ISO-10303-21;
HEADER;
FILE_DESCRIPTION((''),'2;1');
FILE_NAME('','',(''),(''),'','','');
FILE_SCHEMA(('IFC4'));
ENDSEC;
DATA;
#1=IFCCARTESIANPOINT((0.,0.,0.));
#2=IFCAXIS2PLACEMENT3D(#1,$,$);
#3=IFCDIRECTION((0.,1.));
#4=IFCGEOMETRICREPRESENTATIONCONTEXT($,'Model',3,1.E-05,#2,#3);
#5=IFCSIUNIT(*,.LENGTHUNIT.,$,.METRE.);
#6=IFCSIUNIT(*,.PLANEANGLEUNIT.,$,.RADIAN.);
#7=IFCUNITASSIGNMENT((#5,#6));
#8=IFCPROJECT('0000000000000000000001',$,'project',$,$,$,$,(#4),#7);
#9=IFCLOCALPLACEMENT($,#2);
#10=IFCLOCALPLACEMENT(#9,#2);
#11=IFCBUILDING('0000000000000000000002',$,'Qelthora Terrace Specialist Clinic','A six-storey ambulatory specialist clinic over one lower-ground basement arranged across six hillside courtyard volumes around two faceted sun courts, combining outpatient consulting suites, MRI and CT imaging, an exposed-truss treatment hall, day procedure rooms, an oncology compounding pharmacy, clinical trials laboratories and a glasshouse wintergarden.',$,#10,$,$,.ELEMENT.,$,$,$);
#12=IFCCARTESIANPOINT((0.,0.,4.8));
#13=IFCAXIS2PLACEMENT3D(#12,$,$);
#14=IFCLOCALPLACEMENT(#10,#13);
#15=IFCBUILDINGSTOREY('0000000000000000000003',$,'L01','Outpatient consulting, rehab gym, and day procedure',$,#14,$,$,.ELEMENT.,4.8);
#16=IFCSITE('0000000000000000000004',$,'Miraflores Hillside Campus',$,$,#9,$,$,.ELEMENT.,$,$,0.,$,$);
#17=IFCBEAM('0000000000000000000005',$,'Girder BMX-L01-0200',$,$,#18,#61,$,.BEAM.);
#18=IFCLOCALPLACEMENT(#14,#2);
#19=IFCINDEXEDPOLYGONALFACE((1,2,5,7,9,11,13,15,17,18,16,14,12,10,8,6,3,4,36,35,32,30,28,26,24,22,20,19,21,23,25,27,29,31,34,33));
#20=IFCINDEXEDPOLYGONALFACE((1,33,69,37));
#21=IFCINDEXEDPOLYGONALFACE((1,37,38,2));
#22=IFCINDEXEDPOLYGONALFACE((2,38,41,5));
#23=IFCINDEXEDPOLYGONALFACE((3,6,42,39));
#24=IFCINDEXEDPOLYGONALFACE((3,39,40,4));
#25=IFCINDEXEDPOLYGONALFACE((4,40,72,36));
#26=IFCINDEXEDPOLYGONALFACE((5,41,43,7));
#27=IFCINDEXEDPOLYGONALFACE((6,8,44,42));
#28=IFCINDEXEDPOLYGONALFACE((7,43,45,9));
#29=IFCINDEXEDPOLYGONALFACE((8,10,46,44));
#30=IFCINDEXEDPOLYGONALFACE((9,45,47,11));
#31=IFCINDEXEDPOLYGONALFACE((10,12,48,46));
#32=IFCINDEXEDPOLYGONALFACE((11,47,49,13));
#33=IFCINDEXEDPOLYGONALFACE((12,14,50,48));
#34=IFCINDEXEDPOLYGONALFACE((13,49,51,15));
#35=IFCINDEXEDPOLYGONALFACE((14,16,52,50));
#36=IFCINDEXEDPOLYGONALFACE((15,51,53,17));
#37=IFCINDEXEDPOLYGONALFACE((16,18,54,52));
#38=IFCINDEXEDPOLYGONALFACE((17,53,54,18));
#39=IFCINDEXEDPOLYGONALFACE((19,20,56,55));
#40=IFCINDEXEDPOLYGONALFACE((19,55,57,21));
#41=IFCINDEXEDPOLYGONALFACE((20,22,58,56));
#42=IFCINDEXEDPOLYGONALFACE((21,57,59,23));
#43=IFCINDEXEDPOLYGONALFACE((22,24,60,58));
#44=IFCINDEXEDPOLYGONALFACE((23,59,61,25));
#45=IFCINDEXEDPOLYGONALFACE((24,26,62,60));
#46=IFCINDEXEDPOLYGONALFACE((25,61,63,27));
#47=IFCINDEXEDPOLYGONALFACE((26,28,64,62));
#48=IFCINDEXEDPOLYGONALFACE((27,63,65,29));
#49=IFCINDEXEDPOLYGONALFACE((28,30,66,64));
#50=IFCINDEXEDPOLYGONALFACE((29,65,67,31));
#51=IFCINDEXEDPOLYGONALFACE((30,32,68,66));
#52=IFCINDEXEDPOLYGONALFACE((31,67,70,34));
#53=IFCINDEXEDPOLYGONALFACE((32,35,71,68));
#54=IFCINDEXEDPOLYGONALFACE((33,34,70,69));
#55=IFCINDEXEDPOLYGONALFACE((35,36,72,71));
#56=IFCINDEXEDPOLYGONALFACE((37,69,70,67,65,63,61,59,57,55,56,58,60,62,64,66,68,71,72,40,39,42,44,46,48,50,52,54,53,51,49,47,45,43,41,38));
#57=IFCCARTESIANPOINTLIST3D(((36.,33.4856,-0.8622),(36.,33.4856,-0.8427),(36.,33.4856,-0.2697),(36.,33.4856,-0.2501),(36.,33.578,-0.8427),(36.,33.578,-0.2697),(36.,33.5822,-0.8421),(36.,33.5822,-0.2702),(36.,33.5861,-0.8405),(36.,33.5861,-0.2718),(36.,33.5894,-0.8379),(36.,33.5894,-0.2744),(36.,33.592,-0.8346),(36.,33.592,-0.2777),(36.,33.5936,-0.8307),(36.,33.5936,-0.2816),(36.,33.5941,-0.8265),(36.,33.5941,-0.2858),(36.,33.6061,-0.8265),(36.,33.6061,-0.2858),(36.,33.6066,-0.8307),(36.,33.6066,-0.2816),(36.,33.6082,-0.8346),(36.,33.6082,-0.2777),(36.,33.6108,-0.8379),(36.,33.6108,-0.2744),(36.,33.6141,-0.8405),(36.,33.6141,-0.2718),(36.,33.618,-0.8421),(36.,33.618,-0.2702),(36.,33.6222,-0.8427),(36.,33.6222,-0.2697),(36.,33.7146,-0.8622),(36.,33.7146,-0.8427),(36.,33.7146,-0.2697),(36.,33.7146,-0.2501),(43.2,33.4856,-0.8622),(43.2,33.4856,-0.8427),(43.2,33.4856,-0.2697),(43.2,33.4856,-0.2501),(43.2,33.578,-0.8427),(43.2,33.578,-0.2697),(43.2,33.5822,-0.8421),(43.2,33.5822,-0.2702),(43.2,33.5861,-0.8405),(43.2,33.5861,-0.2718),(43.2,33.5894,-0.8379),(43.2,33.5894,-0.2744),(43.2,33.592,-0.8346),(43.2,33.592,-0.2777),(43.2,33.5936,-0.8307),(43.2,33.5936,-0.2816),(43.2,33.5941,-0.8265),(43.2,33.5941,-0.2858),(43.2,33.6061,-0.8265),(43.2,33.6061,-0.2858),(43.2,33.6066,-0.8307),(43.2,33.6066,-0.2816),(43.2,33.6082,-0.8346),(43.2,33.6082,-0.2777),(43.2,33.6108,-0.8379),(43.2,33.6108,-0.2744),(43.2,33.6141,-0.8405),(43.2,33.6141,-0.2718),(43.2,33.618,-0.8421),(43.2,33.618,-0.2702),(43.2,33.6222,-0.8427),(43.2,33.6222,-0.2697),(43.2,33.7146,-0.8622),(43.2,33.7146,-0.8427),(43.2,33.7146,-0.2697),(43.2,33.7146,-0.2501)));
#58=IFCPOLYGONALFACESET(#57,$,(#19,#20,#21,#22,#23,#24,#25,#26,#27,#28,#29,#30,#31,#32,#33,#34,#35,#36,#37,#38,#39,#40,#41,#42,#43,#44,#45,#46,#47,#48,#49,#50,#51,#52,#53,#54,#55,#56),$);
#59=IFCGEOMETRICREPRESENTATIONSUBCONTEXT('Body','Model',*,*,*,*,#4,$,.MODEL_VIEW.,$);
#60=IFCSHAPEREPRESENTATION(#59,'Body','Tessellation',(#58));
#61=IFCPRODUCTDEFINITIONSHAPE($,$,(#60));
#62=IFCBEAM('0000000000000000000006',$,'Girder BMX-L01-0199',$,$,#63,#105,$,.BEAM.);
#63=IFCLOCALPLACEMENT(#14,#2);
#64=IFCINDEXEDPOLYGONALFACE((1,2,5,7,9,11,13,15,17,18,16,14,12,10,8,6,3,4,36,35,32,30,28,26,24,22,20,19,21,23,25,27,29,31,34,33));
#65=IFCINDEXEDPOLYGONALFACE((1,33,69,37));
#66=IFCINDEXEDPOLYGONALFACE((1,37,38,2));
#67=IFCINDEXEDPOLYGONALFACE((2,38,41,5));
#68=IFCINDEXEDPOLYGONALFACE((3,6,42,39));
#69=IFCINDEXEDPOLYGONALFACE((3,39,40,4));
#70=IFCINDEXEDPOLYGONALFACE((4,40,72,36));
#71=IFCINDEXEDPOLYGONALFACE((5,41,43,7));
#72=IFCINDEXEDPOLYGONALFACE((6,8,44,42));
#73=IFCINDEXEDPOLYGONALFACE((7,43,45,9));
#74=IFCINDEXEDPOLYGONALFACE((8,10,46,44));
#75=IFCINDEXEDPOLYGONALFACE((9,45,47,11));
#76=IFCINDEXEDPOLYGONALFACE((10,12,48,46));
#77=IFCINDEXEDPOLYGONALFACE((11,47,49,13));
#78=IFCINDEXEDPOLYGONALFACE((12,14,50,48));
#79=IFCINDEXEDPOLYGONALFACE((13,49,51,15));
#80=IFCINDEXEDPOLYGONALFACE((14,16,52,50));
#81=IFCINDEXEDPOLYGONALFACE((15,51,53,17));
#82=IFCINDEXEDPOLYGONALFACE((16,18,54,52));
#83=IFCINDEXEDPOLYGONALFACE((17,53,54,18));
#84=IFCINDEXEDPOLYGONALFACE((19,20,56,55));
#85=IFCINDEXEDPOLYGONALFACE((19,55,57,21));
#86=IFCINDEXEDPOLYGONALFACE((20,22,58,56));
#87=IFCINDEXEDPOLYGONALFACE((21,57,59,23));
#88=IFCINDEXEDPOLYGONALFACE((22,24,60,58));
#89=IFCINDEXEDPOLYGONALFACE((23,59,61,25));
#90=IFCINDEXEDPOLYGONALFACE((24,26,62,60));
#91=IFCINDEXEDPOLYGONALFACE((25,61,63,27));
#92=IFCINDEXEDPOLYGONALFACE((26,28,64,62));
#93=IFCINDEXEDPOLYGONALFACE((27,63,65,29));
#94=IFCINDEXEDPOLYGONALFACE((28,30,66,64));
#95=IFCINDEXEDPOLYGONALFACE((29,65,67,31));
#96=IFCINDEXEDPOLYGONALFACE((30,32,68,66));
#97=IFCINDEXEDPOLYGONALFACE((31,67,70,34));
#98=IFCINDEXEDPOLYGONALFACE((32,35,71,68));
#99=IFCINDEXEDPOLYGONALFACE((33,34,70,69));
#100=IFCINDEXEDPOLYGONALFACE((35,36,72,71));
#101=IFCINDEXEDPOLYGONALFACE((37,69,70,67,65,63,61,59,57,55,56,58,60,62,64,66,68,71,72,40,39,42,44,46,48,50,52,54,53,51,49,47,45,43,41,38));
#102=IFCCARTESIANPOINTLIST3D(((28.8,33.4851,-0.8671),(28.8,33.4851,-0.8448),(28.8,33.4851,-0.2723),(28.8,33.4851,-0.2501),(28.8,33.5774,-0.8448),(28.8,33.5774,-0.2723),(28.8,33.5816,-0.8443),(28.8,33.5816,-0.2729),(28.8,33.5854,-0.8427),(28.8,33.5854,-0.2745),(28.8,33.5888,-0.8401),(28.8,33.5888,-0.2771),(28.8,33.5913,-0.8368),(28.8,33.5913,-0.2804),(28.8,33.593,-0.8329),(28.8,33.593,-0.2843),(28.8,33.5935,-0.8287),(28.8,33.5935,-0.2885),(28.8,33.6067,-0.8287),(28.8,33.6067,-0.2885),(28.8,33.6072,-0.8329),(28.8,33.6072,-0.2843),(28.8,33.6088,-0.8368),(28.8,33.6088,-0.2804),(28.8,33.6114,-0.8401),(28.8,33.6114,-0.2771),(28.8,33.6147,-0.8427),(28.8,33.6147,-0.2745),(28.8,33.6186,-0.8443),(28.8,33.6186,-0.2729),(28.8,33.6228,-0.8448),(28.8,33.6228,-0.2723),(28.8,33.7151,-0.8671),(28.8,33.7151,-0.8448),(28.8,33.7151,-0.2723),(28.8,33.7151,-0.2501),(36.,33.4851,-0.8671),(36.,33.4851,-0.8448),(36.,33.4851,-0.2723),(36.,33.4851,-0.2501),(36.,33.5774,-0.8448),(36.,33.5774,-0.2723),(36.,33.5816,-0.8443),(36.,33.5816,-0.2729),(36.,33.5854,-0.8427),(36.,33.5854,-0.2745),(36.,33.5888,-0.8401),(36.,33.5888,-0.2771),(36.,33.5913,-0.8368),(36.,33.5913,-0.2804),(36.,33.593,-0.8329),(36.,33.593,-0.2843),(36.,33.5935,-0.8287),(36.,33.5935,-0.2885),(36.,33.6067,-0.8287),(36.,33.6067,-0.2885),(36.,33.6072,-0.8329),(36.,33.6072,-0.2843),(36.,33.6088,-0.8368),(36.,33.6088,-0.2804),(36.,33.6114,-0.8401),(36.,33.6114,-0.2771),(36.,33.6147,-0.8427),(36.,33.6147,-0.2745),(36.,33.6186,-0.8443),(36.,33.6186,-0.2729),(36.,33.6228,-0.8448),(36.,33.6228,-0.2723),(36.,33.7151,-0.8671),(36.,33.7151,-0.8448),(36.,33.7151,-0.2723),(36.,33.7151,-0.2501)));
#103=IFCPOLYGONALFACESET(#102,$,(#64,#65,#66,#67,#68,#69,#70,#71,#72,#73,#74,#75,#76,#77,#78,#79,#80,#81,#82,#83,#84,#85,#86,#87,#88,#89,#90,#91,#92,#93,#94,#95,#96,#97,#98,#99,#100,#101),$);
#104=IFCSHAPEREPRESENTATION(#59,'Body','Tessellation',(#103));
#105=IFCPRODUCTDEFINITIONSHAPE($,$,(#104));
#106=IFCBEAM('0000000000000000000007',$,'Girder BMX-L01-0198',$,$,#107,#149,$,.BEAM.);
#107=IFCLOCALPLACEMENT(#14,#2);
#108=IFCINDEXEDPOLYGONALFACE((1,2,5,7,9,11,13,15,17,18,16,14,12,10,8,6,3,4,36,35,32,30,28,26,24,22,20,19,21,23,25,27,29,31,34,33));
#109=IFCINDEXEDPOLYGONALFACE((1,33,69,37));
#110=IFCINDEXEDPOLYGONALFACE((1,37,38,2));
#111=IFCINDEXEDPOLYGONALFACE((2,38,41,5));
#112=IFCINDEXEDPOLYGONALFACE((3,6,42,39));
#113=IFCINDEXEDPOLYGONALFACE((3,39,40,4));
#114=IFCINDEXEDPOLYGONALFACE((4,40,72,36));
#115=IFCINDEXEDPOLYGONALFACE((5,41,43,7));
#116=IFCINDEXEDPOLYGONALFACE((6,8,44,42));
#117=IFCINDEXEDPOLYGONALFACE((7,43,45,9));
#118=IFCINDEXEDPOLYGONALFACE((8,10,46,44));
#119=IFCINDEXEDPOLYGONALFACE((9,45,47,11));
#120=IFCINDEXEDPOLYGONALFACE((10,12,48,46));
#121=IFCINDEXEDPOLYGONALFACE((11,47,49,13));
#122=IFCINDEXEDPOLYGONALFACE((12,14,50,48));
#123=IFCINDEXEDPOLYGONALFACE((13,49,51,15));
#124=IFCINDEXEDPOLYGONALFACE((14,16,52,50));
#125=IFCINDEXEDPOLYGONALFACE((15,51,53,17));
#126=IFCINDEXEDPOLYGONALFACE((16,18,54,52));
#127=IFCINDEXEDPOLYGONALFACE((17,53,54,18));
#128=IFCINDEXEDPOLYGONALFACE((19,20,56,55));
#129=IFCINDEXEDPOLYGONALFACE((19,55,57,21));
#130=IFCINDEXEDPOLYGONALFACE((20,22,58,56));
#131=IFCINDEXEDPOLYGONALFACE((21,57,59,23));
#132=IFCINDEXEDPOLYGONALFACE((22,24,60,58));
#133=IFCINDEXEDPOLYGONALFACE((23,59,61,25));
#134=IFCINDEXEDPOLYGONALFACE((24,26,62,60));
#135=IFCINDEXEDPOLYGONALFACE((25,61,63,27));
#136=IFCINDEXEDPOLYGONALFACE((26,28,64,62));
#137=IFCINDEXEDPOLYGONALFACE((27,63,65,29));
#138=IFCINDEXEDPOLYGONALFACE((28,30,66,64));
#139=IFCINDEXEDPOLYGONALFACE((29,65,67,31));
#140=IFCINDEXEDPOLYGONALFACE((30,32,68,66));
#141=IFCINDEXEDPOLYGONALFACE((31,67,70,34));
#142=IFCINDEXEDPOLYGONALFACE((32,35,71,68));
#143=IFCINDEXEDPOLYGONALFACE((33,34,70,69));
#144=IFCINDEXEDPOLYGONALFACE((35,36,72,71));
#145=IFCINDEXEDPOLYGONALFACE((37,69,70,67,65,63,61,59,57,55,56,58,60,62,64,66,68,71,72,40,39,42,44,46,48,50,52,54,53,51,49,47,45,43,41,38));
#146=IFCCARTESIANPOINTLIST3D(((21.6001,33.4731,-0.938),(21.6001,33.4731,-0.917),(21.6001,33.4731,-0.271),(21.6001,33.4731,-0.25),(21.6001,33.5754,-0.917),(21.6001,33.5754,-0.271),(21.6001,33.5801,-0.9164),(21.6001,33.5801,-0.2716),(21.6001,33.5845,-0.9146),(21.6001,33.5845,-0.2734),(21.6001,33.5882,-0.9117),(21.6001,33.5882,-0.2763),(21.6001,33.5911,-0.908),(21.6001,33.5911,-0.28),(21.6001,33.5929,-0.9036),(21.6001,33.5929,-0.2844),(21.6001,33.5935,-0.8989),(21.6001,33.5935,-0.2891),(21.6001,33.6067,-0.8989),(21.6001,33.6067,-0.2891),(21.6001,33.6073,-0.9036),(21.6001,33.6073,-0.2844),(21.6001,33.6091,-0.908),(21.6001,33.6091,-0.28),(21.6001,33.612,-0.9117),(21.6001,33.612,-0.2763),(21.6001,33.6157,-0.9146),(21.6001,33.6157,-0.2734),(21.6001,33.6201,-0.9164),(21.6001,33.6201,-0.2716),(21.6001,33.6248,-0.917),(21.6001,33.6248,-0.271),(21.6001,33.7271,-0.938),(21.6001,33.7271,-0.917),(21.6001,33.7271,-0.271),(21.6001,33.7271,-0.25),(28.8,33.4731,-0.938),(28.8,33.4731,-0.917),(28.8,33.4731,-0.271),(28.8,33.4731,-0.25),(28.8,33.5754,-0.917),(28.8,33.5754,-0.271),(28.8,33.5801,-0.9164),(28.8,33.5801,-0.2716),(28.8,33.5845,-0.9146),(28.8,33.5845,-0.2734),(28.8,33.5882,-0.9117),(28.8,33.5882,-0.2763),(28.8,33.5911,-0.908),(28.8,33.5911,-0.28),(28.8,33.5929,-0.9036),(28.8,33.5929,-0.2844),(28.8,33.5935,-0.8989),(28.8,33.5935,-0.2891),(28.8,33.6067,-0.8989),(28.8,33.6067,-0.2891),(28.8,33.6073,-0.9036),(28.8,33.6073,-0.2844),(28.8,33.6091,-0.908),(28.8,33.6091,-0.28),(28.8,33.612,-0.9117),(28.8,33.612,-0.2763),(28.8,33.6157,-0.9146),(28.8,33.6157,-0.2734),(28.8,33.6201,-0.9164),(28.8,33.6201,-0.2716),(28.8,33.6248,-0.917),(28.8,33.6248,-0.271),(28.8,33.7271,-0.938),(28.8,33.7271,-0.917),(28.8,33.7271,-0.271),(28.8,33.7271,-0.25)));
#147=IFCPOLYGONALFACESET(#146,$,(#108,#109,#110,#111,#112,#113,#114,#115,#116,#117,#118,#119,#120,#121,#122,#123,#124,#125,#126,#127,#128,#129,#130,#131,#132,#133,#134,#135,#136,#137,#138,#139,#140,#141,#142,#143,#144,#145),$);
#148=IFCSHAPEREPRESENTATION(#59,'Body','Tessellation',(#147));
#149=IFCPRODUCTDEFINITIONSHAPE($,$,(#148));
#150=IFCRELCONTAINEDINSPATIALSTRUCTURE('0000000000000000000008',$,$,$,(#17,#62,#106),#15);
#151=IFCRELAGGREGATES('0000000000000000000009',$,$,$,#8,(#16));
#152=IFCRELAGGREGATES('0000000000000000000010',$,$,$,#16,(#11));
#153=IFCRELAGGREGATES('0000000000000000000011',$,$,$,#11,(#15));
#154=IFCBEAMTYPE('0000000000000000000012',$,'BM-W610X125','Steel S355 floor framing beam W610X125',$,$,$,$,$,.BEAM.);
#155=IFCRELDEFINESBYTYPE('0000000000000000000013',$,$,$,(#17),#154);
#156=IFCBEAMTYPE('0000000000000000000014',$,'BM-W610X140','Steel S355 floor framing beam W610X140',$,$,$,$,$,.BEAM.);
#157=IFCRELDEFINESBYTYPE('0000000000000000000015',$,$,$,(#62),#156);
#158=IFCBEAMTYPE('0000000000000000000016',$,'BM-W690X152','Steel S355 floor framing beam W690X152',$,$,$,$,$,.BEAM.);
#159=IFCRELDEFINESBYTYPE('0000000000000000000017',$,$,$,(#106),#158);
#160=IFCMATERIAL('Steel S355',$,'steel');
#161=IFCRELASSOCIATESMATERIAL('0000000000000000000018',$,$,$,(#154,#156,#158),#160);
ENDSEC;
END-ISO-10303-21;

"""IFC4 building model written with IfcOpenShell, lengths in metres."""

from ifc_helpers import new_model, si_unit, direction, frame, origin, origin_2d, place, context, subcontext, project, spatial, i_section, extrude, material, material_profile, profile_set, type_object, element, save


model = new_model("IFC4")

# Units and contexts
model_context = context("Model", 3, precision=1e-05, world=origin(), true_north=direction((0.0, 1.0)))
body_context = subcontext(model_context, "Body", "Model", "MODEL_VIEW")
ifc_project = project(units=[si_unit("LENGTHUNIT", "METRE"), si_unit("PLANEANGLEUNIT", "RADIAN")], contexts=[model_context])

# Site, building, storey
site_placement = place(None, origin())
site = spatial("IfcSite", under=ifc_project, at=site_placement, Name="Miraflores Hillside Campus", CompositionType="ELEMENT", RefElevation=0.0)
building_placement = place(site_placement, origin())
building = spatial("IfcBuilding", under=site, at=building_placement, Name="Qelthora Terrace Specialist Clinic", Description="A six-storey ambulatory specialist clinic over one lower-ground basement arranged across six hillside courtyard volumes around two faceted sun courts, combining outpatient consulting suites, MRI and CT imaging, an exposed-truss treatment hall, day procedure rooms, an oncology compounding pharmacy, clinical trials laboratories and a glasshouse wintergarden.", CompositionType="ELEMENT")
storey_placement = place(building_placement, frame((0.0, 0.0, 4.8)))
storey = spatial("IfcBuildingStorey", under=building, at=storey_placement, Name="L01", Description="Outpatient consulting, rehab gym, and day procedure", CompositionType="ELEMENT", Elevation=4.8)

# Shared definitions
ifc_material_1 = material(Name="Steel S355", Category="steel")

# Beams
ifc_material_profile_1 = material_profile(ifc_material_1, i_section(OverallWidth=0.229, OverallDepth=0.6121, WebThickness=0.012, FlangeThickness=0.0195, FilletRadius=0.0161, at=origin_2d()), Name="W610X125")
ifc_profile_set_1 = profile_set([ifc_material_profile_1], Name="Steel S355")
beam_type_1 = type_object("IfcBeamType", Name="BM-W610X125", Description="Steel S355 floor framing beam W610X125", PredefinedType="BEAM", material=ifc_profile_set_1)
beam_1_placement = place(storey_placement, frame((36.0, 33.6001, -0.5562), z_axis=(1.0, 0.0, 0.0), x_axis=(0.0, 1.0, 0.0)))
element("IfcBeam", 1, at=beam_1_placement, inside=storey, type_object=beam_type_1, Name="Girder BMX-L01-0200", PredefinedType="BEAM", context=body_context, shape_type="SweptSolid", body=[
    extrude(i_section(OverallWidth=0.229, OverallDepth=0.6121, WebThickness=0.012, FlangeThickness=0.0195, FilletRadius=0.0161, at=origin_2d()), origin(), (0.0, 0.0, 1.0), 7.2),
])
ifc_material_profile_2 = material_profile(ifc_material_1, i_section(OverallWidth=0.23, OverallDepth=0.6169, WebThickness=0.0132, FlangeThickness=0.0222, FilletRadius=0.0161, at=origin_2d()), Name="W610X140")
ifc_profile_set_2 = profile_set([ifc_material_profile_2], Name="Steel S355")
beam_type_2 = type_object("IfcBeamType", Name="BM-W610X140", Description="Steel S355 floor framing beam W610X140", PredefinedType="BEAM", material=ifc_profile_set_2)
beam_2_placement = place(storey_placement, frame((28.8, 33.6001, -0.5586), z_axis=(1.0, 0.0, 0.0), x_axis=(0.0, 1.0, 0.0)))
element("IfcBeam", 2, at=beam_2_placement, inside=storey, type_object=beam_type_2, Name="Girder BMX-L01-0199", PredefinedType="BEAM", context=body_context, shape_type="SweptSolid", body=[
    extrude(i_section(OverallWidth=0.23, OverallDepth=0.6169, WebThickness=0.0132, FlangeThickness=0.0222, FilletRadius=0.0161, at=origin_2d()), origin(), (0.0, 0.0, 1.0), 7.2),
])
ifc_material_profile_3 = material_profile(ifc_material_1, i_section(OverallWidth=0.2539, OverallDepth=0.688, WebThickness=0.0132, FlangeThickness=0.021, FilletRadius=0.0181, at=origin_2d()), Name="W690X152")
ifc_profile_set_3 = profile_set([ifc_material_profile_3], Name="Steel S355")
beam_type_3 = type_object("IfcBeamType", Name="BM-W690X152", Description="Steel S355 floor framing beam W690X152", PredefinedType="BEAM", material=ifc_profile_set_3)
beam_3_placement = place(storey_placement, frame((21.6001, 33.6001, -0.594), z_axis=(1.0, 0.0, 0.0), x_axis=(0.0, 1.0, 0.0)))
element("IfcBeam", 3, at=beam_3_placement, inside=storey, type_object=beam_type_3, Name="Girder BMX-L01-0198", PredefinedType="BEAM", context=body_context, shape_type="SweptSolid", body=[
    extrude(i_section(OverallWidth=0.2539, OverallDepth=0.688, WebThickness=0.0132, FlangeThickness=0.021, FilletRadius=0.0181, at=origin_2d()), origin(), (0.0, 0.0, 1.0), 7.2),
])

save(model, "model.ifc")
